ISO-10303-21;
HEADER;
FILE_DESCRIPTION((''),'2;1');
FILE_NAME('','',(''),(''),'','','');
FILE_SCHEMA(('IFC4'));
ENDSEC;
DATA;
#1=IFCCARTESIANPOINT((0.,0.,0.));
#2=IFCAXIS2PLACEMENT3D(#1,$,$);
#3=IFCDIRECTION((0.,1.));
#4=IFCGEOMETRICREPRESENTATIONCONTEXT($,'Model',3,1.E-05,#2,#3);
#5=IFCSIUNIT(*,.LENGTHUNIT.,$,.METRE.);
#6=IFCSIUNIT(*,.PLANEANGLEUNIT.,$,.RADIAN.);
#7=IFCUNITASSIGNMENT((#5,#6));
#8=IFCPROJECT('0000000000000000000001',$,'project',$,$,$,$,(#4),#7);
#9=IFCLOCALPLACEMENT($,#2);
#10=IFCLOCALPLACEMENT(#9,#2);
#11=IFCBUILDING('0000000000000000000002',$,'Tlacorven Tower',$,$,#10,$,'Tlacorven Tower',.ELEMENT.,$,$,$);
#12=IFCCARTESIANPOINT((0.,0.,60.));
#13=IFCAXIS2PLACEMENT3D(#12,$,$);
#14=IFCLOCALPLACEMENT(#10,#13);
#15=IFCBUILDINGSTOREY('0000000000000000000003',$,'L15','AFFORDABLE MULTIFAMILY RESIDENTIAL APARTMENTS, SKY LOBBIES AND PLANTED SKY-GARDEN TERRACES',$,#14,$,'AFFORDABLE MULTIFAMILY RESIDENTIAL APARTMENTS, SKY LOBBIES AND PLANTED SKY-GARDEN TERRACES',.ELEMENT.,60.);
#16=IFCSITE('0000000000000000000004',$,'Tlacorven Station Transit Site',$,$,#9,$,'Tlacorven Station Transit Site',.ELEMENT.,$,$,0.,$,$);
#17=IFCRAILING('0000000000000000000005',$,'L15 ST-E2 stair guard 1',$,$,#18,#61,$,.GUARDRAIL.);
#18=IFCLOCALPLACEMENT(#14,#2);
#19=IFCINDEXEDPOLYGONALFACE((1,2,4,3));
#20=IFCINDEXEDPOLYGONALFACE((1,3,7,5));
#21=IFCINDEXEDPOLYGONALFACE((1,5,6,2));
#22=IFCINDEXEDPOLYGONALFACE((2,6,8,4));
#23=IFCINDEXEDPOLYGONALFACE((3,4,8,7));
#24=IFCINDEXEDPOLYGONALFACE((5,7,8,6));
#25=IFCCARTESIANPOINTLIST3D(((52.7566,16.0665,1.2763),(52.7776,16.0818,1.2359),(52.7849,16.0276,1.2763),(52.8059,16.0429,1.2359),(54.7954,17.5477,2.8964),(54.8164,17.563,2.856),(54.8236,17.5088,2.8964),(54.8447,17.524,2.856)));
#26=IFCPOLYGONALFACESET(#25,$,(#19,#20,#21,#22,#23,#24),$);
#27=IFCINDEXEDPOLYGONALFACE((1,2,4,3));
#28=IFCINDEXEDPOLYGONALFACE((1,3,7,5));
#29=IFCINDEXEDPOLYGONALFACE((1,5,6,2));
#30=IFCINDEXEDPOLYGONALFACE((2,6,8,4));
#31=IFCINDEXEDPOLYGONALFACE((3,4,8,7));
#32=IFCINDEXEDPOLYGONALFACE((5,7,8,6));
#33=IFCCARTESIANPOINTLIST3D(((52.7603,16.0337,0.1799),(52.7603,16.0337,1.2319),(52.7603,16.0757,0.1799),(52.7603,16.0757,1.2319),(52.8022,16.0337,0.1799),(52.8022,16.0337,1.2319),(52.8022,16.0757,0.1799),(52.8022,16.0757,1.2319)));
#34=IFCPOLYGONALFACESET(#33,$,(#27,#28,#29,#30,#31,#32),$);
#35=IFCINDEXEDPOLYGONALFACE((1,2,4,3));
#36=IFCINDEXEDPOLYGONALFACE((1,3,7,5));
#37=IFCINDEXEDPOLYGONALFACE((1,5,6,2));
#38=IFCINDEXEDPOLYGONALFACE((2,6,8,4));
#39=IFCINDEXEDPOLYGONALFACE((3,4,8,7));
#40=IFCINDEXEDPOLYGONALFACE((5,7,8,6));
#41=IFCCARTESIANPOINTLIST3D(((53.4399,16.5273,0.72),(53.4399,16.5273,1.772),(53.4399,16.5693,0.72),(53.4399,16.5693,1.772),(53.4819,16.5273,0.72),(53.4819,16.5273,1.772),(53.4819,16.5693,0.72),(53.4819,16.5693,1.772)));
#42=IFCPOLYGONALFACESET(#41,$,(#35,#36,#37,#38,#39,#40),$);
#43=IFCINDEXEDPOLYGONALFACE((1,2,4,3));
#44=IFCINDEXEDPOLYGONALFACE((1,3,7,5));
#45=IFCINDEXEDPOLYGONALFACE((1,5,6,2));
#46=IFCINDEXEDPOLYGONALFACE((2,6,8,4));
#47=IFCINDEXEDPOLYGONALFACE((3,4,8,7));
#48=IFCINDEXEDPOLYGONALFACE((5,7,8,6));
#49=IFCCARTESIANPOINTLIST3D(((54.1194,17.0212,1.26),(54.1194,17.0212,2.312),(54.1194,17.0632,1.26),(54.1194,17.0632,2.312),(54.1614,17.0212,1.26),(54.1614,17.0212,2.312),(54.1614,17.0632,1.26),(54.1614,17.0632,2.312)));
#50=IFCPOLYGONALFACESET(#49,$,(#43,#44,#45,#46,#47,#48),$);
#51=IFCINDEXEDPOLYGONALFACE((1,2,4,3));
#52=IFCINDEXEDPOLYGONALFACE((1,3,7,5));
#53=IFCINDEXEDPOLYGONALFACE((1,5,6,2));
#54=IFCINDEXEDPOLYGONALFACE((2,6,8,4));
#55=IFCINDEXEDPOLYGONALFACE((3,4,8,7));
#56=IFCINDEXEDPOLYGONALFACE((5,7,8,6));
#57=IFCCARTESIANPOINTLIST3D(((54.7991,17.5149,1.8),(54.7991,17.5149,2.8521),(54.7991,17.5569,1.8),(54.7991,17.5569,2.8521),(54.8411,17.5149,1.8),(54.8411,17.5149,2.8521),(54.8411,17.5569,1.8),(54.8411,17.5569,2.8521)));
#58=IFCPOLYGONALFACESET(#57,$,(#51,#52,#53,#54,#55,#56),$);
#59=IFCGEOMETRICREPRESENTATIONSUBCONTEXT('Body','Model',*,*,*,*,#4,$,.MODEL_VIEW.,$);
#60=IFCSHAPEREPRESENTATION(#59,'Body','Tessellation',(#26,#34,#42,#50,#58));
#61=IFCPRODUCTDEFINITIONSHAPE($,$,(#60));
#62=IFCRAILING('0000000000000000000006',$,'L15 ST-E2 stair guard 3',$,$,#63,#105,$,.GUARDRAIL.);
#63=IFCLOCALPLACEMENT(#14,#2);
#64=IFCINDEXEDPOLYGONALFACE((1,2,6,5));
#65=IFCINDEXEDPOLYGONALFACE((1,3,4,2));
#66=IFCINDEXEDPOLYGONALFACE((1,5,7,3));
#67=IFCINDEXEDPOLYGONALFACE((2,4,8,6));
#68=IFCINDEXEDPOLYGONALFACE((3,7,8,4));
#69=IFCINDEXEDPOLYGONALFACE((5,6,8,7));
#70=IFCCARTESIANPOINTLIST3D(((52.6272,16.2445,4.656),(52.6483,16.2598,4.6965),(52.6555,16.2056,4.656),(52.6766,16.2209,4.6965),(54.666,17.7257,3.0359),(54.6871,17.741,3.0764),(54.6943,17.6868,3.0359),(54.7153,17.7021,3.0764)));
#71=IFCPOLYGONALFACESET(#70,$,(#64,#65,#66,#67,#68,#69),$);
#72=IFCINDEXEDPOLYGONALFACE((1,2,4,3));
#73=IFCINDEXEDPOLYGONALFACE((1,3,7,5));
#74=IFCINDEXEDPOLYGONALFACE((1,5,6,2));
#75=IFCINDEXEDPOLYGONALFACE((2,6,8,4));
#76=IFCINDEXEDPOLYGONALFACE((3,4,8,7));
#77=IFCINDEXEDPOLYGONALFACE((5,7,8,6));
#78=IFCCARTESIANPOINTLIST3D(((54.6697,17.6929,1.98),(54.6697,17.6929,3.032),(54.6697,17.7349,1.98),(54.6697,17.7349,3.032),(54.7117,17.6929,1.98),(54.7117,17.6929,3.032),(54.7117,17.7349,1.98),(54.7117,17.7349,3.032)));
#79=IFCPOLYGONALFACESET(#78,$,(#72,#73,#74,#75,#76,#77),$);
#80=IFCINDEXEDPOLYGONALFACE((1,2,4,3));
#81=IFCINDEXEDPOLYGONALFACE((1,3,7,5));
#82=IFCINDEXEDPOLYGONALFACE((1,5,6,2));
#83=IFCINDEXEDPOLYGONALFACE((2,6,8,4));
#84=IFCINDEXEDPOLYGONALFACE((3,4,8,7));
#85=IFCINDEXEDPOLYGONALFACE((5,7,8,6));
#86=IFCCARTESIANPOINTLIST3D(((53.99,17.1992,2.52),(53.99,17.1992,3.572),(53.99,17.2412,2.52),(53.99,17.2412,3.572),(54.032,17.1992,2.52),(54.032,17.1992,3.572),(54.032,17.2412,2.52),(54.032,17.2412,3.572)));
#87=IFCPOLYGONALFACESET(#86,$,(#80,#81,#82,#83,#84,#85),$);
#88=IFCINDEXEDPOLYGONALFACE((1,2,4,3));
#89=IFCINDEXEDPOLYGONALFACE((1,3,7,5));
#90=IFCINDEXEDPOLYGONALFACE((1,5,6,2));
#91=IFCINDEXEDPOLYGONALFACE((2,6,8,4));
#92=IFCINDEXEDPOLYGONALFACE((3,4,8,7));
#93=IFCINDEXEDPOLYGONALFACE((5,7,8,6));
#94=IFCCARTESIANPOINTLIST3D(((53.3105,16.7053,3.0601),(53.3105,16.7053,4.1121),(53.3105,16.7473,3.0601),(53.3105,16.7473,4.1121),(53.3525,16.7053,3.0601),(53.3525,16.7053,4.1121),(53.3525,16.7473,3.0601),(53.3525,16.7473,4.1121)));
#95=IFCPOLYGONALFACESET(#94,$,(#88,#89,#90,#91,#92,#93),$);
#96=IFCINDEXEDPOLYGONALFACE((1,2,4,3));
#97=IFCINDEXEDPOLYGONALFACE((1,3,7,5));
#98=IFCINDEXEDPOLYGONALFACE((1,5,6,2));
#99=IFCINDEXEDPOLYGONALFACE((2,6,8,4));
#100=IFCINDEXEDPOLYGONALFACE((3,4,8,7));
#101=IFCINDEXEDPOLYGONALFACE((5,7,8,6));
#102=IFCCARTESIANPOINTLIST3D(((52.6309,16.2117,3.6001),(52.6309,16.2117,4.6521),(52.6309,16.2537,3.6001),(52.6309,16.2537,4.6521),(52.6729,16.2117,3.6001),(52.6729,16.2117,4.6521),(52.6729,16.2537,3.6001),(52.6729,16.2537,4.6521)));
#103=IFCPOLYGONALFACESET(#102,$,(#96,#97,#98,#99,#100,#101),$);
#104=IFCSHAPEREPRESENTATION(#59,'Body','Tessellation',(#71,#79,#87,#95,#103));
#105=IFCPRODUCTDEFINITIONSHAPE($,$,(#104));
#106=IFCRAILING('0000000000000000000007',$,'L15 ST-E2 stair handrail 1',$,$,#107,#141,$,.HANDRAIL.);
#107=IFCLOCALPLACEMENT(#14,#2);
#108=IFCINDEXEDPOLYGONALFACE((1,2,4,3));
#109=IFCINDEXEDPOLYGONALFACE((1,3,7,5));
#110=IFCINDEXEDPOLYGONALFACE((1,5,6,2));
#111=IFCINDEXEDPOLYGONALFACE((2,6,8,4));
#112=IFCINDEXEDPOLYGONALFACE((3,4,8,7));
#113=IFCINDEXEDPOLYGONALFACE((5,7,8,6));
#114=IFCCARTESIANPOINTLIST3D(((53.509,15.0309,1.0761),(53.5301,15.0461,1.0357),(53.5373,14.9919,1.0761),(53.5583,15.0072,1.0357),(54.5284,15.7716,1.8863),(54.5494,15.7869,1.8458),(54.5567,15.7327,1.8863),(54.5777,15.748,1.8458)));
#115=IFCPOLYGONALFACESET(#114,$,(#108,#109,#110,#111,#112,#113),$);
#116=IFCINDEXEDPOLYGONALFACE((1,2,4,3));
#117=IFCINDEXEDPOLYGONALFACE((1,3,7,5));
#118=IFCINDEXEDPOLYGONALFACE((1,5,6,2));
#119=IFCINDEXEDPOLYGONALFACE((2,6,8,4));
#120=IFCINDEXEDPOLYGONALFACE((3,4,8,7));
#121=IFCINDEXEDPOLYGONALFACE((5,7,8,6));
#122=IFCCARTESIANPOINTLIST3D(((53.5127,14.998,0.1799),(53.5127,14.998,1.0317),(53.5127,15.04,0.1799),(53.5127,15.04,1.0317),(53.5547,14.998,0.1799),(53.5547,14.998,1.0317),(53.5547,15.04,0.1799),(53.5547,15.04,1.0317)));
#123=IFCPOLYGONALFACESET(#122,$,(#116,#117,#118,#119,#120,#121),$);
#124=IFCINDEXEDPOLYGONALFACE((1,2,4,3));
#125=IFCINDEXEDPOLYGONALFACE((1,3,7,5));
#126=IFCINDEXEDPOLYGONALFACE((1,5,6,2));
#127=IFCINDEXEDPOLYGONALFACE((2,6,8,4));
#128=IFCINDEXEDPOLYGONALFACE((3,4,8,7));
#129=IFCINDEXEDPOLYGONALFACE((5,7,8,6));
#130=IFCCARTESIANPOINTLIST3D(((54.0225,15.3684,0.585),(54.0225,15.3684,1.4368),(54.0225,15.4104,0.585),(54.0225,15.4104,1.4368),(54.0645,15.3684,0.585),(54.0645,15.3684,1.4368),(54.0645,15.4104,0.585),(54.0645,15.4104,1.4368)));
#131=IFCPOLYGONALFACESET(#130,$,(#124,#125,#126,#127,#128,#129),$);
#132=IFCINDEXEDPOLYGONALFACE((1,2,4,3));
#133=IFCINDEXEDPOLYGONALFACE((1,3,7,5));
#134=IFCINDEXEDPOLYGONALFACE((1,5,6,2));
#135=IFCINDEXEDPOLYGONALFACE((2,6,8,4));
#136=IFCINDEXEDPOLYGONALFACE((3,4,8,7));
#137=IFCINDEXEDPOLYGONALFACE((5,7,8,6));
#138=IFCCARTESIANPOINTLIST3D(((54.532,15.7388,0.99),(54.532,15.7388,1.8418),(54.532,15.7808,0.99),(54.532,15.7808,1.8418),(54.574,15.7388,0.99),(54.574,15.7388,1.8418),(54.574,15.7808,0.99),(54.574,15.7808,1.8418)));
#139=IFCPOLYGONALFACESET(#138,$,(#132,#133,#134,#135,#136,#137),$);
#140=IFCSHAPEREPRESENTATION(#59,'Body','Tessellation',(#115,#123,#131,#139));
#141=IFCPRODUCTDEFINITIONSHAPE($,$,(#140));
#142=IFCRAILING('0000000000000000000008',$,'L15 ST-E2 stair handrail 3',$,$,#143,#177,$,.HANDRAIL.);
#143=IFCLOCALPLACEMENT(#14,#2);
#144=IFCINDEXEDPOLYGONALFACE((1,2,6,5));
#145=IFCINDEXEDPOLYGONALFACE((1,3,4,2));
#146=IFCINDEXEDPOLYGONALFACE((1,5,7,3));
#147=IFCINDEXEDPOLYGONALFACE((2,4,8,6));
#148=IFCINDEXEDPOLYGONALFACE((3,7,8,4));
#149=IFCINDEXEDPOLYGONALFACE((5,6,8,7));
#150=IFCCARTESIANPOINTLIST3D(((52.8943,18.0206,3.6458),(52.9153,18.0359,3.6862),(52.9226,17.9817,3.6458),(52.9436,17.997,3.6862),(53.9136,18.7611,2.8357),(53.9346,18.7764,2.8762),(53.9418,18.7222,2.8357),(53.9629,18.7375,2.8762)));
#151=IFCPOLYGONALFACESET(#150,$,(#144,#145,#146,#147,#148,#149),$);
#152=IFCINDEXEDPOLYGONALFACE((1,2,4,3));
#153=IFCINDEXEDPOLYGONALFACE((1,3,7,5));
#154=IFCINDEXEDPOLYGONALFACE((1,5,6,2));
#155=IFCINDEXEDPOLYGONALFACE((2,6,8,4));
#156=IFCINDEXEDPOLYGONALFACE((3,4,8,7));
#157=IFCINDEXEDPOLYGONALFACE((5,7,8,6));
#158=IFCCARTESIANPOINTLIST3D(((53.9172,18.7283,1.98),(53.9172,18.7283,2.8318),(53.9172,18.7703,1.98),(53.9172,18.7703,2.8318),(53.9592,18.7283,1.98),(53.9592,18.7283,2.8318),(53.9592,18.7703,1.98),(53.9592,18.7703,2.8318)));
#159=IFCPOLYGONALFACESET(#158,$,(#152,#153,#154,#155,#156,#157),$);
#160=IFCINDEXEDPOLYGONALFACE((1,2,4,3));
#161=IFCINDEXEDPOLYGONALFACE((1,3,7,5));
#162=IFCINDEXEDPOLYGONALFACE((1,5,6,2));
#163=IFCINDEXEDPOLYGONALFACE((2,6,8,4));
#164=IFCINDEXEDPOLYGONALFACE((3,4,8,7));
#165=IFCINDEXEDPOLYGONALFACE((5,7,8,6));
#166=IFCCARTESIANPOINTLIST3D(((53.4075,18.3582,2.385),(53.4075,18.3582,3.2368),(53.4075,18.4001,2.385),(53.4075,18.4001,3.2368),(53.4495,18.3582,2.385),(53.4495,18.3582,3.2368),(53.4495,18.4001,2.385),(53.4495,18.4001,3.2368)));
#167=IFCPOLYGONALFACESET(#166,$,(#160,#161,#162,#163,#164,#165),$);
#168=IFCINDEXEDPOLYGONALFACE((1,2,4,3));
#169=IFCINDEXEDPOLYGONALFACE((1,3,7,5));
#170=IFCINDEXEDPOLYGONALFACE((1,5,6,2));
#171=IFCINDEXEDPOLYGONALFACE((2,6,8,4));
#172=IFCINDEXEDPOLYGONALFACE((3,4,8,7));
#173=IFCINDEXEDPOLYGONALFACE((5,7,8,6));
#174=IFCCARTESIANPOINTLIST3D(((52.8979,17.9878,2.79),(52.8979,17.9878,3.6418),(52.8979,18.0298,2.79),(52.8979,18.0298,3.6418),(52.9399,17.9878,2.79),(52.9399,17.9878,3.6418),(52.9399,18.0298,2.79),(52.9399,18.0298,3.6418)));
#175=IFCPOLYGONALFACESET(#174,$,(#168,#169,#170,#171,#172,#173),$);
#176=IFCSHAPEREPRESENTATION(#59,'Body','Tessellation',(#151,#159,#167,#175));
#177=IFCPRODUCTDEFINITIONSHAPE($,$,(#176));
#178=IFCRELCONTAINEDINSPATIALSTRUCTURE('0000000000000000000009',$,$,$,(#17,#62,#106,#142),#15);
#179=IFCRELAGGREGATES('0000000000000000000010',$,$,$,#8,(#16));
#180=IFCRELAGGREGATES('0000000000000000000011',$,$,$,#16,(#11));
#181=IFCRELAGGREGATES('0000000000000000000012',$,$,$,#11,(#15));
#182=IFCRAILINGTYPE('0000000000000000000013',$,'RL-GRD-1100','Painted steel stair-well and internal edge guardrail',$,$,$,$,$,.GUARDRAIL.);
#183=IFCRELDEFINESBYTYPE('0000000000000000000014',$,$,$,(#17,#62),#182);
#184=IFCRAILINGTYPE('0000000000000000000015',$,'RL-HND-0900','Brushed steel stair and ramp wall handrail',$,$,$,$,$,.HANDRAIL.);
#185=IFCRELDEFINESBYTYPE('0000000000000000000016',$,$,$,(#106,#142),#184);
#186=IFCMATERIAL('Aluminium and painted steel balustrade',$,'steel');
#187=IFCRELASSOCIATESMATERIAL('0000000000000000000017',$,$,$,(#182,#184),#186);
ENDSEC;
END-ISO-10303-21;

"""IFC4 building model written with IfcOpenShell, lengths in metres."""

from ifc_helpers import new_model, si_unit, direction, frame, origin, origin_2d, place, context, subcontext, project, spatial, rectangle, extrude, source, transform, mapped, material, type_object, element, save


model = new_model("IFC4")

# Units and contexts
model_context = context("Model", 3, precision=1e-05, world=origin(), true_north=direction((0.0, 1.0)))
body_context = subcontext(model_context, "Body", "Model", "MODEL_VIEW")
ifc_project = project(units=[si_unit("LENGTHUNIT", "METRE"), si_unit("PLANEANGLEUNIT", "RADIAN")], contexts=[model_context])

# Site, building, storey
site_placement = place(None, origin())
site = spatial("IfcSite", under=ifc_project, at=site_placement, Name="Tlacorven Station Transit Site", LongName="Tlacorven Station Transit Site", CompositionType="ELEMENT", RefElevation=0.0)
building_placement = place(site_placement, origin())
building = spatial("IfcBuilding", under=site, at=building_placement, Name="Tlacorven Tower", LongName="Tlacorven Tower", CompositionType="ELEMENT")
storey_placement = place(building_placement, frame((0.0, 0.0, 60.0)))
storey = spatial("IfcBuildingStorey", under=building, at=storey_placement, Name="L15", Description="AFFORDABLE MULTIFAMILY RESIDENTIAL APARTMENTS, SKY LOBBIES AND PLANTED SKY-GARDEN TERRACES", LongName="AFFORDABLE MULTIFAMILY RESIDENTIAL APARTMENTS, SKY LOBBIES AND PLANTED SKY-GARDEN TERRACES", CompositionType="ELEMENT", Elevation=60.0)

# Railings
ifc_material_1 = material(Name="Aluminium and painted steel balustrade", Category="steel")
railing_type_1 = type_object("IfcRailingType", Name="RL-GRD-1100", Description="Painted steel stair-well and internal edge guardrail", PredefinedType="GUARDRAIL", material=ifc_material_1)
railing_type_2 = type_object("IfcRailingType", Name="RL-HND-0900", Description="Brushed steel stair and ramp wall handrail", PredefinedType="HANDRAIL", material=ifc_material_1)
shared_shape_1 = source(origin(), body_context, "Body", "SweptSolid", [
    extrude(rectangle(XDim=0.0481, YDim=0.0481, at=origin_2d()), frame((0.0, 0.0, 1.0762), z_axis=(0.680532, 0.494407, 0.540775), x_axis=(-0.587763, 0.809033, 0.0)), (0.0, 0.0, 1.0), 2.9958),
    extrude(rectangle(XDim=0.042, YDim=0.042, at=origin_2d()), origin(), (0.0, 0.0, 1.0), 1.052),
    extrude(rectangle(XDim=0.042, YDim=0.042, at=origin_2d()), frame((0.6797, 0.4937, 0.54)), (0.0, 0.0, 1.0), 1.052),
    extrude(rectangle(XDim=0.042, YDim=0.042, at=origin_2d()), frame((1.3591, 0.9875, 1.0801)), (0.0, 0.0, 1.0), 1.052),
    extrude(rectangle(XDim=0.042, YDim=0.042, at=origin_2d()), frame((2.0388, 1.4812, 1.6201)), (0.0, 0.0, 1.0), 1.052),
])
railing_1_placement = place(storey_placement, frame((52.7812, 16.0547, 0.1799)))
element("IfcRailing", 1, at=railing_1_placement, inside=storey, type_object=railing_type_1, Name="L15 ST-E2 stair guard 1", PredefinedType="GUARDRAIL", context=body_context, shape_type="MappedRepresentation", body=[
    mapped(shared_shape_1, transform((0.0, 0.0, 0.0), scale=1.0)),
])
shared_shape_2 = source(origin(), body_context, "Body", "SweptSolid", [
    extrude(rectangle(XDim=0.0481, YDim=0.0481, at=origin_2d()), frame((0.0, 0.0, 1.0762), z_axis=(-0.680532, -0.494407, 0.540775), x_axis=(0.587763, -0.809033, 0.0)), (0.0, 0.0, 1.0), 2.9958),
    extrude(rectangle(XDim=0.042, YDim=0.042, at=origin_2d()), origin(), (0.0, 0.0, 1.0), 1.052),
    extrude(rectangle(XDim=0.042, YDim=0.042, at=origin_2d()), frame((-0.6797, -0.4937, 0.54)), (0.0, 0.0, 1.0), 1.052),
    extrude(rectangle(XDim=0.042, YDim=0.042, at=origin_2d()), frame((-1.3591, -0.9875, 1.0801)), (0.0, 0.0, 1.0), 1.052),
    extrude(rectangle(XDim=0.042, YDim=0.042, at=origin_2d()), frame((-2.0388, -1.4812, 1.6201)), (0.0, 0.0, 1.0), 1.052),
])
railing_2_placement = place(storey_placement, frame((54.6907, 17.7139, 1.98)))
element("IfcRailing", 2, at=railing_2_placement, inside=storey, type_object=railing_type_1, Name="L15 ST-E2 stair guard 3", PredefinedType="GUARDRAIL", context=body_context, shape_type="MappedRepresentation", body=[
    mapped(shared_shape_2, transform((0.0, 0.0, 0.0), scale=1.0)),
])
shared_shape_3 = source(origin(), body_context, "Body", "SweptSolid", [
    extrude(rectangle(XDim=0.0481, YDim=0.0481, at=origin_2d()), frame((0.0, 0.0, 0.876), z_axis=(0.680461, 0.494496, 0.540783), x_axis=(-0.587872, 0.808954, 0.0)), (0.0, 0.0, 1.0), 1.498),
    extrude(rectangle(XDim=0.042, YDim=0.042, at=origin_2d()), origin(), (0.0, 0.0, 1.0), 0.8518),
    extrude(rectangle(XDim=0.042, YDim=0.042, at=origin_2d()), frame((0.5098, 0.3704, 0.405)), (0.0, 0.0, 1.0), 0.8518),
    extrude(rectangle(XDim=0.042, YDim=0.042, at=origin_2d()), frame((1.0193, 0.7407, 0.8101)), (0.0, 0.0, 1.0), 0.8518),
])
railing_3_placement = place(storey_placement, frame((53.5337, 15.019, 0.1799)))
element("IfcRailing", 3, at=railing_3_placement, inside=storey, type_object=railing_type_2, Name="L15 ST-E2 stair handrail 1", PredefinedType="HANDRAIL", context=body_context, shape_type="MappedRepresentation", body=[
    mapped(shared_shape_3, transform((0.0, 0.0, 0.0), scale=1.0)),
])
shared_shape_4 = source(origin(), body_context, "Body", "SweptSolid", [
    extrude(rectangle(XDim=0.0481, YDim=0.0481, at=origin_2d()), frame((0.0, 0.0, 0.876), z_axis=(-0.680516, -0.494373, 0.540827), x_axis=(0.587745, -0.809046, 0.0)), (0.0, 0.0, 1.0), 1.4978),
    extrude(rectangle(XDim=0.042, YDim=0.042, at=origin_2d()), origin(), (0.0, 0.0, 1.0), 0.8518),
    extrude(rectangle(XDim=0.042, YDim=0.042, at=origin_2d()), frame((-0.5098, -0.3701, 0.405)), (0.0, 0.0, 1.0), 0.8518),
    extrude(rectangle(XDim=0.042, YDim=0.042, at=origin_2d()), frame((-1.0193, -0.7405, 0.8101)), (0.0, 0.0, 1.0), 0.8518),
])
railing_4_placement = place(storey_placement, frame((53.9382, 18.7493, 1.98)))
element("IfcRailing", 4, at=railing_4_placement, inside=storey, type_object=railing_type_2, Name="L15 ST-E2 stair handrail 3", PredefinedType="HANDRAIL", context=body_context, shape_type="MappedRepresentation", body=[
    mapped(shared_shape_4, transform((0.0, 0.0, 0.0), scale=1.0)),
])

save(model, "model.ifc")
